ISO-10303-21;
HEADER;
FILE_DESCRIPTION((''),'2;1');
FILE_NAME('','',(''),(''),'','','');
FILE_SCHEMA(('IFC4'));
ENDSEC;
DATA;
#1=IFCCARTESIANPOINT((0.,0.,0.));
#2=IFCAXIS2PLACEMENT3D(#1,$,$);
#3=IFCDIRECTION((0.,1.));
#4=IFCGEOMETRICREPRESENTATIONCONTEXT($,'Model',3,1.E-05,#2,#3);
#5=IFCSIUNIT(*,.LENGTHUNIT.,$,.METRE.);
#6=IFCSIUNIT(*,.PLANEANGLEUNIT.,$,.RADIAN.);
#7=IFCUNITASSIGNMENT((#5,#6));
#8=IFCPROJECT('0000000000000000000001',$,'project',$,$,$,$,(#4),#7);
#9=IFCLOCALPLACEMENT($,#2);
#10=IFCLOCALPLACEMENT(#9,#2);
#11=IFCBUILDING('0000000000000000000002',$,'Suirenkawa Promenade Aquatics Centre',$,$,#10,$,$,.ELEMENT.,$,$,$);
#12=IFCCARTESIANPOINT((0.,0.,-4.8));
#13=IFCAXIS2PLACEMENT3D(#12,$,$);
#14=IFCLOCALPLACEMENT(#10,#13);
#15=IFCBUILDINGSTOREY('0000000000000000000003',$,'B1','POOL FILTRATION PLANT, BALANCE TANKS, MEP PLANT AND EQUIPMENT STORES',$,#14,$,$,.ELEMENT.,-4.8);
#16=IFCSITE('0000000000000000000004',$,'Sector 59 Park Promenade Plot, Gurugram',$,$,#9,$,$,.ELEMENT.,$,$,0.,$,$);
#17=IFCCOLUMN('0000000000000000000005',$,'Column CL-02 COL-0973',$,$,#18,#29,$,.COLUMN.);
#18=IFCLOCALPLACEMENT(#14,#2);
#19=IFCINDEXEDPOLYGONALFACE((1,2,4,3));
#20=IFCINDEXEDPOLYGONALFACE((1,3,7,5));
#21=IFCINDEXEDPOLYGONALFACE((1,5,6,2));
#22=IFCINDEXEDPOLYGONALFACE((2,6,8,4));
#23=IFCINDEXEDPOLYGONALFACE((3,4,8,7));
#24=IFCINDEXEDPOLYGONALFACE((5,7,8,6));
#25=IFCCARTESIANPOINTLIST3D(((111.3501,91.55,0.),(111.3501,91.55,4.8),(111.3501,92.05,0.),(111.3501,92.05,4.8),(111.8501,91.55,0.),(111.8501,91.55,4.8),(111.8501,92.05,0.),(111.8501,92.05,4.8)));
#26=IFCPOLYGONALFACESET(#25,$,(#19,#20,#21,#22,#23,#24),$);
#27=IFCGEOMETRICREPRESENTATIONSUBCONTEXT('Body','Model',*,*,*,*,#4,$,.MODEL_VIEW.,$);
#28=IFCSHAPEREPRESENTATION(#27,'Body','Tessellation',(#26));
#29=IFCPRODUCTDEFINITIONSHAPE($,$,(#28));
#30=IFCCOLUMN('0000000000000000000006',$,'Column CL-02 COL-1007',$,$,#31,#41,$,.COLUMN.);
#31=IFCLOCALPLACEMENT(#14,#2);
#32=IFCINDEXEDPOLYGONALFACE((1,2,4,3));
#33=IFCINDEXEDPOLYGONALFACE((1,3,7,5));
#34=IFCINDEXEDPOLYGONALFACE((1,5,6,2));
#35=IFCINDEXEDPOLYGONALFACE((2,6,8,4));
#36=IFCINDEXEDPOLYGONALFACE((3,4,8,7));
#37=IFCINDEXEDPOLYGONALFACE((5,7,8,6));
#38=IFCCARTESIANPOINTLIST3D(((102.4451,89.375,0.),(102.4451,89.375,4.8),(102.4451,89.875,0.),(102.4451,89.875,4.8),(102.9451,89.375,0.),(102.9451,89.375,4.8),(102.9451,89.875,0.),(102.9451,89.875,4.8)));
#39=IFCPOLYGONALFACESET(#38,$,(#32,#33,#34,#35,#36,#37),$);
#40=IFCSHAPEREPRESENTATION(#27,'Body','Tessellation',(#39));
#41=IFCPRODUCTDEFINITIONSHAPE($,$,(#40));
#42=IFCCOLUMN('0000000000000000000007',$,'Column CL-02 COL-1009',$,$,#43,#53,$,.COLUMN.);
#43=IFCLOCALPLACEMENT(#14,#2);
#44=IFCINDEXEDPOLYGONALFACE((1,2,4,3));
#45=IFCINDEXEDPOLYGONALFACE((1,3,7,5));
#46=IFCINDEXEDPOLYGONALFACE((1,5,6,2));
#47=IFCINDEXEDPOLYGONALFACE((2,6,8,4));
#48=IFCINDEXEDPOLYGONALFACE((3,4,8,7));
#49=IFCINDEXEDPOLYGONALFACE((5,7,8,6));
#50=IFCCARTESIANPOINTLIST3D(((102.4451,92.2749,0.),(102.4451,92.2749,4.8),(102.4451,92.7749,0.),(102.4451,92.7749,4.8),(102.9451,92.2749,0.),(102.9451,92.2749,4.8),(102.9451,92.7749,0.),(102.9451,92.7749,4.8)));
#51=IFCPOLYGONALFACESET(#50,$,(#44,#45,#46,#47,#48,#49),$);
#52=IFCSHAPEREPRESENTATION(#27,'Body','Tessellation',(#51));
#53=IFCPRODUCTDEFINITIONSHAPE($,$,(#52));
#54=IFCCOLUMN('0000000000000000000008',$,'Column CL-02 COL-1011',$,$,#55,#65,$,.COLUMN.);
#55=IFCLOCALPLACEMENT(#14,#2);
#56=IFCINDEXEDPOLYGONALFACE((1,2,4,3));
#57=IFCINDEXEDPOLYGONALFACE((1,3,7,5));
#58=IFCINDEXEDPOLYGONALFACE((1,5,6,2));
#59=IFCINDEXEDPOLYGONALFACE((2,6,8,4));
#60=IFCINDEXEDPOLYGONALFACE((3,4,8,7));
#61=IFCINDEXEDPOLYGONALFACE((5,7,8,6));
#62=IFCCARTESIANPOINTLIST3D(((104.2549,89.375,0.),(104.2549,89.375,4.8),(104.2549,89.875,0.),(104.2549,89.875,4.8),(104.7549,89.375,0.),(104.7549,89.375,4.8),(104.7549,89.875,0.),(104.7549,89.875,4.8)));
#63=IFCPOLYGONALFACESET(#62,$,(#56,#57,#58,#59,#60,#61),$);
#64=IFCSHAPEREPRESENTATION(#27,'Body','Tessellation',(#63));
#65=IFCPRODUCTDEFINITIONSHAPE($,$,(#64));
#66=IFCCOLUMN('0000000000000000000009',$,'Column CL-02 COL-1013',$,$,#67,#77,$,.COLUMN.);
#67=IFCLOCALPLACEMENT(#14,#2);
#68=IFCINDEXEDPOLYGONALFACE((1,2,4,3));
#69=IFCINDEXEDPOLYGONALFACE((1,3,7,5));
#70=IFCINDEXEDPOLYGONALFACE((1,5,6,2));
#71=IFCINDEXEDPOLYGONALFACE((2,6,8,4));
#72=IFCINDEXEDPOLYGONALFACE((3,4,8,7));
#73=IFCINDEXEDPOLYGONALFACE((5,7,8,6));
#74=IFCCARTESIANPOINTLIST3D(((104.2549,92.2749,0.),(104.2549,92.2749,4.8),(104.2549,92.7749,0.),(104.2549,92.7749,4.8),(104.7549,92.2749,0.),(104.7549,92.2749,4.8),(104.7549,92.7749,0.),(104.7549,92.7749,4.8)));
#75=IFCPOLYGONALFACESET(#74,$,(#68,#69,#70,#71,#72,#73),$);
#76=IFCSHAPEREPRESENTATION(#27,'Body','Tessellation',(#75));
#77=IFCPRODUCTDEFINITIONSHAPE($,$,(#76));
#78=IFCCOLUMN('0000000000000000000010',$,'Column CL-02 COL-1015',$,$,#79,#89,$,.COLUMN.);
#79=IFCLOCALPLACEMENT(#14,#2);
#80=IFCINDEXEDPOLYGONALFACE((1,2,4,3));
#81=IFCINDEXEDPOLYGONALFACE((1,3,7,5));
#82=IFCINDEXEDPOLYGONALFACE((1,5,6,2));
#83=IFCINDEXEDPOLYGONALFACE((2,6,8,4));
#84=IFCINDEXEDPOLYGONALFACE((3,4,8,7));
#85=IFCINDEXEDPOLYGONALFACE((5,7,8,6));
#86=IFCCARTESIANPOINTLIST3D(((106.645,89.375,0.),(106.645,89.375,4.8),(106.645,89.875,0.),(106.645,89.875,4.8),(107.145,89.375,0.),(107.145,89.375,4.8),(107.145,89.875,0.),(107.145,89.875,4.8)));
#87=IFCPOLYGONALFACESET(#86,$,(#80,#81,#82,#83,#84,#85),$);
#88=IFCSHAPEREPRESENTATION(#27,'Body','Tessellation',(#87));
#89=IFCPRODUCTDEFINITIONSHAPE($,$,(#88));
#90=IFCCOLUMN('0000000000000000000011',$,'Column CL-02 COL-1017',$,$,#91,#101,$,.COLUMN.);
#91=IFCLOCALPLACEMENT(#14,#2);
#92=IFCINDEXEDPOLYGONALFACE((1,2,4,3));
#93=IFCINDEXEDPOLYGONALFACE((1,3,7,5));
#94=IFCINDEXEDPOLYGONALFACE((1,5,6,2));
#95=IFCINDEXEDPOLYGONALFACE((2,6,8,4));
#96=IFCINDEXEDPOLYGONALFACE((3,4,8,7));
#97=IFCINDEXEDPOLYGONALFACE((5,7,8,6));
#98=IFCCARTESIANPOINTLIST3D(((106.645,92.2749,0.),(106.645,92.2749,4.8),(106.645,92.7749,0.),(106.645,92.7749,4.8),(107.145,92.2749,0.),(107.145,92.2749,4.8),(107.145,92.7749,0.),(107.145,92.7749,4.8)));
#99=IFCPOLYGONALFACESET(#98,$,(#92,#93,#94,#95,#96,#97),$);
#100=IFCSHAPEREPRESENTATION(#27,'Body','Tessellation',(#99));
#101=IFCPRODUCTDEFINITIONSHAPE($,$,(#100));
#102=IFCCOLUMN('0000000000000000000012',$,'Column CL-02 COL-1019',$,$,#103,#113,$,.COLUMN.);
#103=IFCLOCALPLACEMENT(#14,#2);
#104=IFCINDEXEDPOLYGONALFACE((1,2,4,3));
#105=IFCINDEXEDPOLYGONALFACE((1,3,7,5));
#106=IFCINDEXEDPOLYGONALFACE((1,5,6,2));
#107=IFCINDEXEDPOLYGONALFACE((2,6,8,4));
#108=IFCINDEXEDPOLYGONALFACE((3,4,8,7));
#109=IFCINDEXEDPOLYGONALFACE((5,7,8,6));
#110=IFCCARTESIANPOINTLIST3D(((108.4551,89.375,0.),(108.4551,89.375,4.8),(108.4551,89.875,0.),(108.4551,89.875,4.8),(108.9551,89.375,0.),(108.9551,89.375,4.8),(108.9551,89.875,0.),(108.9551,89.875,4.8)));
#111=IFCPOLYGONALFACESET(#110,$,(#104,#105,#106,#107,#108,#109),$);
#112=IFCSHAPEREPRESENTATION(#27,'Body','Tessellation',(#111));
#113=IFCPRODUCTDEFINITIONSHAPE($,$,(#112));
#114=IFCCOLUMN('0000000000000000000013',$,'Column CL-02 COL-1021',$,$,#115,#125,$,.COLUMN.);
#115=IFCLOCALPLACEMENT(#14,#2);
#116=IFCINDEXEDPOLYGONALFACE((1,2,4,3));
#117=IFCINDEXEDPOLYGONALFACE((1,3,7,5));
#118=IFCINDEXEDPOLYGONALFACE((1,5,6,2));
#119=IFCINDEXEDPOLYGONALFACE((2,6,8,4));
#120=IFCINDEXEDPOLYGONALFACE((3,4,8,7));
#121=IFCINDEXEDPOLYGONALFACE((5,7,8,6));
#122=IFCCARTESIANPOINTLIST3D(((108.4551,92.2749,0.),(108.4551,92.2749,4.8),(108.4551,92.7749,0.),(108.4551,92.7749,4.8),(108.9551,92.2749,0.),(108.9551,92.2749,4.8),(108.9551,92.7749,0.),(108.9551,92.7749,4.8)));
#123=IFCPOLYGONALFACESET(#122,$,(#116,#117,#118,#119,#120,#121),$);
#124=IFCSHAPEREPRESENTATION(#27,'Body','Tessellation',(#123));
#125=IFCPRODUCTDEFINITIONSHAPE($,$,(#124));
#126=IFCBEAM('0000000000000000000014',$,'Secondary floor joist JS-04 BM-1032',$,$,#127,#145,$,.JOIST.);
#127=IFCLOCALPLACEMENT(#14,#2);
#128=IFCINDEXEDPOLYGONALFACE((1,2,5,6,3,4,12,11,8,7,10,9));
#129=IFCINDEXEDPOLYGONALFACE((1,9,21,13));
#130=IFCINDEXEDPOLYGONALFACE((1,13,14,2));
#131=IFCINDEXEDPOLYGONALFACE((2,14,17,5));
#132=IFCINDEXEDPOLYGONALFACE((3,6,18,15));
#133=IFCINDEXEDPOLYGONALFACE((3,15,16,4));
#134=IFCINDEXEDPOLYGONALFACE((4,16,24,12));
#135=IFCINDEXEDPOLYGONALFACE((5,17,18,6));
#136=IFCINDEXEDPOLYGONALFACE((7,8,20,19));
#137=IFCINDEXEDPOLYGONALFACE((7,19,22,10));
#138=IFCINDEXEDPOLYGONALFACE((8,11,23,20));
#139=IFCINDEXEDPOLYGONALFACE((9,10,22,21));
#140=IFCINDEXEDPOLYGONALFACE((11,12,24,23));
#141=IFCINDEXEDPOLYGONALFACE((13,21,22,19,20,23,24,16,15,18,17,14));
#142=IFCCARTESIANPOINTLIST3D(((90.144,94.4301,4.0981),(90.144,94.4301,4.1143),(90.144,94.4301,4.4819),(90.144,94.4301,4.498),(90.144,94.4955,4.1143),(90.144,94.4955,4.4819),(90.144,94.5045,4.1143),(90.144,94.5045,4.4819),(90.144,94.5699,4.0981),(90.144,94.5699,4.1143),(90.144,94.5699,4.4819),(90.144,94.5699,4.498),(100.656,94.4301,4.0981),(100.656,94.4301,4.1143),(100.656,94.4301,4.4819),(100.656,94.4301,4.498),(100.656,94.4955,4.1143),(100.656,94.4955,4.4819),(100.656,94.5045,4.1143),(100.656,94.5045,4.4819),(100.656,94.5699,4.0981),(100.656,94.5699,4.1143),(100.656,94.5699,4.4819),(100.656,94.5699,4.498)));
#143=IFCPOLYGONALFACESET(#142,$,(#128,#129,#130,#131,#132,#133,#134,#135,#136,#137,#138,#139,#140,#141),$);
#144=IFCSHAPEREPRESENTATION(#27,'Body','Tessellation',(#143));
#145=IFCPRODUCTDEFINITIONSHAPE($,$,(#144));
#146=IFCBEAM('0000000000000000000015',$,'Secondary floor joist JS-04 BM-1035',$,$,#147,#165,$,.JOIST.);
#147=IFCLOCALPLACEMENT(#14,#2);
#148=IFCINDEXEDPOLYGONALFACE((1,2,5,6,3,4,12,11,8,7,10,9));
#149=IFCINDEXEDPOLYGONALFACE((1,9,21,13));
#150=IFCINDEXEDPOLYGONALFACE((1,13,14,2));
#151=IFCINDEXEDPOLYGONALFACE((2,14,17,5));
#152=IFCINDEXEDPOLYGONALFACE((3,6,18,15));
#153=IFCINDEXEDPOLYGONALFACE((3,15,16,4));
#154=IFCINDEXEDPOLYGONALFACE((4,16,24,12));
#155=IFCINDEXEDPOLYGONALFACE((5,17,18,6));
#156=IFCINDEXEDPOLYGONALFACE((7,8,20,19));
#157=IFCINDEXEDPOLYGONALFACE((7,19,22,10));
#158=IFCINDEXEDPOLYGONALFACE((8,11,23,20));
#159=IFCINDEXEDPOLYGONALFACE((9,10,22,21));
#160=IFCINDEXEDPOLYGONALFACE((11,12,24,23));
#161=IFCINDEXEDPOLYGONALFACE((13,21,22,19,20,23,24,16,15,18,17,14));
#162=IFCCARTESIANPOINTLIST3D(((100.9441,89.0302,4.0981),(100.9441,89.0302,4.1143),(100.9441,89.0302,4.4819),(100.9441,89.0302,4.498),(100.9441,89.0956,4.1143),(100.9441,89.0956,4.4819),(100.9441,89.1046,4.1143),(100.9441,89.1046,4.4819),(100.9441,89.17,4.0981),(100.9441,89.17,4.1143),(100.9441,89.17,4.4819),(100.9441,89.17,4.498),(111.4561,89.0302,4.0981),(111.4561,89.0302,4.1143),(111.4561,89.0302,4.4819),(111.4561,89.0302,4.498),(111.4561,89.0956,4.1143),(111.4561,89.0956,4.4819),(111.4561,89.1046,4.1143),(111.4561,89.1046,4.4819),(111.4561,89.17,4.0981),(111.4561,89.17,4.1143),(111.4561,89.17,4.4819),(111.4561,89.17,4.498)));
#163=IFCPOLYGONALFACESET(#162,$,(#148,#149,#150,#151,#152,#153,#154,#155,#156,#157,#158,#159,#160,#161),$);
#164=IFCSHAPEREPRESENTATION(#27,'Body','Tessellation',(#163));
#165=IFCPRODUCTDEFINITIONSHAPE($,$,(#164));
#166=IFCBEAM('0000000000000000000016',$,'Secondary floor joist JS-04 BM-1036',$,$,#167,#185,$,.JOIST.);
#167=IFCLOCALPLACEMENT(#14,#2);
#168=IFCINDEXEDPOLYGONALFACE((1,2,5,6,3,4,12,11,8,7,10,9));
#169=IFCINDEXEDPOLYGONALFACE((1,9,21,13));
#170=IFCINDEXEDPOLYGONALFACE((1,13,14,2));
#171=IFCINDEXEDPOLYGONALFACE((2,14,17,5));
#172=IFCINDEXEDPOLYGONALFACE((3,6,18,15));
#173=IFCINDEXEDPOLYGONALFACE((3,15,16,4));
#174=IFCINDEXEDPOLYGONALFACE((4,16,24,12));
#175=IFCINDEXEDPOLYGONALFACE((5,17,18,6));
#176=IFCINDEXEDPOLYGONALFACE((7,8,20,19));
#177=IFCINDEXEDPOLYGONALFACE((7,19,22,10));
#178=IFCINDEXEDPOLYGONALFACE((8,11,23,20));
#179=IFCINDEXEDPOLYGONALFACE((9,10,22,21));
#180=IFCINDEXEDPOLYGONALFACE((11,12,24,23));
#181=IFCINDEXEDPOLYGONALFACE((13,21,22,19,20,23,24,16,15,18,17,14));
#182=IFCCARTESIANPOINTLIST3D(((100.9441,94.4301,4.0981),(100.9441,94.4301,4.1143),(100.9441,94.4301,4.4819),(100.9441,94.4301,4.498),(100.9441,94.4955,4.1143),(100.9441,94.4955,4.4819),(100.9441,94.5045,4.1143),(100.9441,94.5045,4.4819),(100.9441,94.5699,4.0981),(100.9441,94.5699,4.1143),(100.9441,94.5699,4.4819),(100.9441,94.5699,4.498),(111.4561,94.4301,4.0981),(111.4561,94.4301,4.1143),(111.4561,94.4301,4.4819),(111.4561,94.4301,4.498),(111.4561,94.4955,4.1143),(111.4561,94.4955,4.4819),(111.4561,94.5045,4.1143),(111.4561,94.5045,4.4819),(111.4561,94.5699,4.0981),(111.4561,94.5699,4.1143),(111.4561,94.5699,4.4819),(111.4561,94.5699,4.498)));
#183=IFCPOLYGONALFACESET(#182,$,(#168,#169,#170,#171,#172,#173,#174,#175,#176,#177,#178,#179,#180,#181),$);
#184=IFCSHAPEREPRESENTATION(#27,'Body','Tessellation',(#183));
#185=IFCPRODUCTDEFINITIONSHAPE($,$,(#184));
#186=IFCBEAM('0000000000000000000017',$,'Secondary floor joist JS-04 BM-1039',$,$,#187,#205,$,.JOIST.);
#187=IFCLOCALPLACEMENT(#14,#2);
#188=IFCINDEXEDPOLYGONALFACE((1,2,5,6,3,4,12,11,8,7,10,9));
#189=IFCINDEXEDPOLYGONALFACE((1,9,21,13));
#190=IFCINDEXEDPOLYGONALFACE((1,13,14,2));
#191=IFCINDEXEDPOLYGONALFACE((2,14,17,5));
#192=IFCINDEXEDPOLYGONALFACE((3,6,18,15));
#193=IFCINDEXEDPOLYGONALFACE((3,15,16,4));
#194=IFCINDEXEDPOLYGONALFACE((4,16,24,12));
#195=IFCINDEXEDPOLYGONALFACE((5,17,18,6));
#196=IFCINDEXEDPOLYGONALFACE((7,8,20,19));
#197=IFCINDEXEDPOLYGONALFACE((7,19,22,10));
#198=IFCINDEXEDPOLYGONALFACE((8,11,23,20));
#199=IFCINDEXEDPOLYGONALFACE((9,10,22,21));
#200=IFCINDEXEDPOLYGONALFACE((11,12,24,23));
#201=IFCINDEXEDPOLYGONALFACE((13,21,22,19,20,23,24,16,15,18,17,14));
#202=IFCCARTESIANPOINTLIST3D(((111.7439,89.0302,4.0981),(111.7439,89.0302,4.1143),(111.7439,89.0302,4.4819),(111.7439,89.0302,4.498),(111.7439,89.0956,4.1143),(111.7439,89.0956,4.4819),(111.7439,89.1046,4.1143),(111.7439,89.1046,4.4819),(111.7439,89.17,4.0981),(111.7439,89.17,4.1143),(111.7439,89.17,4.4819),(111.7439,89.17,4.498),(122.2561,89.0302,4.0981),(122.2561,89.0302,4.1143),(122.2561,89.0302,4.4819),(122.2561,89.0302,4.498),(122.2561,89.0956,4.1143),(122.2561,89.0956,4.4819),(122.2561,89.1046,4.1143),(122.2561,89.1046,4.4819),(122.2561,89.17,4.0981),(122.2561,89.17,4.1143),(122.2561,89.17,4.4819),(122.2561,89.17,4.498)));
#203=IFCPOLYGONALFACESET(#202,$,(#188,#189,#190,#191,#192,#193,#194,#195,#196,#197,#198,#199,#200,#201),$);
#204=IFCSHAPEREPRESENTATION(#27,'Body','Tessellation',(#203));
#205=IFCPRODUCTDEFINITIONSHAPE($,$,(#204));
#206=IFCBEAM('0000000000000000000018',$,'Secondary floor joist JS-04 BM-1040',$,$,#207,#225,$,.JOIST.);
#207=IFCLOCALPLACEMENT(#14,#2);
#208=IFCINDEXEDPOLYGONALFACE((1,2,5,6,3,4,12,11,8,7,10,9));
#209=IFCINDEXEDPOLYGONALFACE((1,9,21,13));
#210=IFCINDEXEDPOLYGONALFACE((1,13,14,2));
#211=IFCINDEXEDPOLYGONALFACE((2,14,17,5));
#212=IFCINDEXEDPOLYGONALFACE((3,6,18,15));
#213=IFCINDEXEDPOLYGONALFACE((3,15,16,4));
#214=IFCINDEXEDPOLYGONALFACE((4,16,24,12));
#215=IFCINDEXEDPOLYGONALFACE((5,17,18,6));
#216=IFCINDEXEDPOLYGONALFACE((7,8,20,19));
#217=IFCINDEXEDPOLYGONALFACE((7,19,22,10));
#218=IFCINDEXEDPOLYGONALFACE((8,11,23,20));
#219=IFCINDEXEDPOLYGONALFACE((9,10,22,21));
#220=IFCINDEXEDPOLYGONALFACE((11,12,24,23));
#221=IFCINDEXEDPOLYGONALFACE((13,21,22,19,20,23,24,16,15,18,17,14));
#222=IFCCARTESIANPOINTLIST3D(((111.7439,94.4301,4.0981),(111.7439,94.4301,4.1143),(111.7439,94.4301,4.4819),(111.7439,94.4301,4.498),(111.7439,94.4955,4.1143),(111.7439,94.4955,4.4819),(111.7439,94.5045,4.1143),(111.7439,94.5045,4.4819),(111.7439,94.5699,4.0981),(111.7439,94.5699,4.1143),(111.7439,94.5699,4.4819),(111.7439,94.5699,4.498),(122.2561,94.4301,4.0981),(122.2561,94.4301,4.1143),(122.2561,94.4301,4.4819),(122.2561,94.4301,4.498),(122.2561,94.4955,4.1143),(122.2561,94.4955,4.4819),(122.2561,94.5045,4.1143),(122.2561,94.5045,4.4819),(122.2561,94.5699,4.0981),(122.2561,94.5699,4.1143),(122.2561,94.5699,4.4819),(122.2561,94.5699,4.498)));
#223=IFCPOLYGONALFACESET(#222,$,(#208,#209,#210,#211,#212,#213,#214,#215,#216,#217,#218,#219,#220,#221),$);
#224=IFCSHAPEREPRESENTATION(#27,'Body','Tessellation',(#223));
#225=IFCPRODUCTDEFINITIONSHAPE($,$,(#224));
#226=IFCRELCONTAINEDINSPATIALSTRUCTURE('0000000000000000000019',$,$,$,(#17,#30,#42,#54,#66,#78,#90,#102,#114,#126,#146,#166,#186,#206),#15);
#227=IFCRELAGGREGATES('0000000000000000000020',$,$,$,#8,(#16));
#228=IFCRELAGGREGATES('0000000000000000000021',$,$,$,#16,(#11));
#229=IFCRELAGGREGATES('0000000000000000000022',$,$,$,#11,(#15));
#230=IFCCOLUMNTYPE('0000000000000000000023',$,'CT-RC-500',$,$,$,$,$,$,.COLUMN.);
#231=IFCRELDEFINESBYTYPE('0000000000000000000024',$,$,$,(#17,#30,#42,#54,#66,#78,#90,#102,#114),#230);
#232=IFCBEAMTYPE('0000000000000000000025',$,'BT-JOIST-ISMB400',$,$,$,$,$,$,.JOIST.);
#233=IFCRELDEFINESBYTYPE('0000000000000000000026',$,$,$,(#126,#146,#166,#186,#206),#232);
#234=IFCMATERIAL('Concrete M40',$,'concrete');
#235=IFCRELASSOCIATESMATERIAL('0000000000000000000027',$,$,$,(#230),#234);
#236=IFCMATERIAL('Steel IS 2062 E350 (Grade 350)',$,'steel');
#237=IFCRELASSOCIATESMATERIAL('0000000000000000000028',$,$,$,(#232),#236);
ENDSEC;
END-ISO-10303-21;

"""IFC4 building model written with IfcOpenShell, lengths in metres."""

from ifc_helpers import new_model, si_unit, direction, frame, origin, origin_2d, place, context, subcontext, project, spatial, rectangle, i_section, extrude, material, material_profile, profile_set, type_object, element, save


model = new_model("IFC4")

# Units and contexts
model_context = context("Model", 3, precision=1e-05, world=origin(), true_north=direction((0.0, 1.0)))
body_context = subcontext(model_context, "Body", "Model", "MODEL_VIEW")
ifc_project = project(units=[si_unit("LENGTHUNIT", "METRE"), si_unit("PLANEANGLEUNIT", "RADIAN")], contexts=[model_context])

# Site, building, storey
site_placement = place(None, origin())
site = spatial("IfcSite", under=ifc_project, at=site_placement, Name="Sector 59 Park Promenade Plot, Gurugram", CompositionType="ELEMENT", RefElevation=0.0)
building_placement = place(site_placement, origin())
building = spatial("IfcBuilding", under=site, at=building_placement, Name="Suirenkawa Promenade Aquatics Centre", CompositionType="ELEMENT")
storey_placement = place(building_placement, frame((0.0, 0.0, -4.8)))
storey = spatial("IfcBuildingStorey", under=building, at=storey_placement, Name="B1", Description="POOL FILTRATION PLANT, BALANCE TANKS, MEP PLANT AND EQUIPMENT STORES", CompositionType="ELEMENT", Elevation=-4.8)

# Columns
ifc_material_1 = material(Name="Concrete M40", Category="concrete")
ifc_material_profile_1 = material_profile(ifc_material_1, rectangle(XDim=0.5, YDim=0.5, at=origin_2d()), Name="RC COL 500x500", Category="concrete")
ifc_profile_set_1 = profile_set([ifc_material_profile_1], Name="Concrete M40")
column_type = type_object("IfcColumnType", Name="CT-RC-500", PredefinedType="COLUMN", material=ifc_profile_set_1)
for number, where, z_axis, x_axis, name in (
    (1, (111.6001, 91.8, 0.0), (0.0, 0.0, 1.0), (1.0, 0.0, 0.0), "Column CL-02 COL-0973"),
    (2, (102.6951, 89.625, 0.0), (0.0, 0.0, 1.0), (1.0, 0.0, 0.0), "Column CL-02 COL-1007"),
    (3, (102.6951, 92.5249, 0.0), (0.0, 0.0, 1.0), (1.0, 0.0, 0.0), "Column CL-02 COL-1009"),
    (4, (104.5049, 89.625, 0.0), (0.0, 0.0, 1.0), (1.0, 0.0, 0.0), "Column CL-02 COL-1011"),
    (5, (104.5049, 92.5249, 0.0), (0.0, 0.0, 1.0), (1.0, 0.0, 0.0), "Column CL-02 COL-1013"),
    (6, (106.895, 89.625, 0.0), (0.0, 0.0, 1.0), (1.0, 0.0, 0.0), "Column CL-02 COL-1015"),
    (7, (106.895, 92.5249, 0.0), (0.0, 0.0, 1.0), (1.0, 0.0, 0.0), "Column CL-02 COL-1017"),
    (8, (108.7051, 89.625, 0.0), (0.0, 0.0, 1.0), (1.0, 0.0, 0.0), "Column CL-02 COL-1019"),
    (9, (108.7051, 92.5249, 0.0), (0.0, 0.0, 1.0), (1.0, 0.0, 0.0), "Column CL-02 COL-1021"),
):
    element("IfcColumn", number, at=place(storey_placement, frame(where, z_axis=z_axis, x_axis=x_axis)), inside=storey, type_object=column_type, Name=name, PredefinedType="COLUMN", context=body_context, shape_type="SweptSolid", body=[
        extrude(rectangle(XDim=0.5, YDim=0.5, at=origin_2d()), origin(), (0.0, 0.0, 1.0), 4.8),
    ])

# Beams
ifc_material_2 = material(Name="Steel IS 2062 E350 (Grade 350)", Category="steel")
ifc_material_profile_2 = material_profile(ifc_material_2, i_section(OverallWidth=0.1399, OverallDepth=0.3999, WebThickness=0.009, FlangeThickness=0.0161, at=origin_2d()), Name="ISMB 400", Category="steel")
ifc_profile_set_2 = profile_set([ifc_material_profile_2], Name="Steel IS 2062 E350 (Grade 350)")
beam_type_1 = type_object("IfcBeamType", Name="BT-JOIST-ISMB400", PredefinedType="JOIST", material=ifc_profile_set_2)
for number, where, z_axis, x_axis, name in (
    (10, (90.144, 94.5, 4.2981), (1.0, 0.0, 0.0), (0.0, 1.0, 0.0), "Secondary floor joist JS-04 BM-1032"),
    (11, (100.9441, 89.1001, 4.2981), (1.0, 0.0, 0.0), (0.0, 1.0, 0.0), "Secondary floor joist JS-04 BM-1035"),
    (12, (100.9441, 94.5, 4.2981), (1.0, 0.0, 0.0), (0.0, 1.0, 0.0), "Secondary floor joist JS-04 BM-1036"),
):
    element("IfcBeam", number, at=place(storey_placement, frame(where, z_axis=z_axis, x_axis=x_axis)), inside=storey, type_object=beam_type_1, Name=name, PredefinedType="JOIST", context=body_context, shape_type="SweptSolid", body=[
        extrude(i_section(OverallWidth=0.1399, OverallDepth=0.3999, WebThickness=0.009, FlangeThickness=0.0161, at=origin_2d()), origin(), (0.0, 0.0, 1.0), 10.512),
    ])
for number, where, z_axis, x_axis, name in (
    (13, (111.7439, 89.1001, 4.2981), (1.0, 0.0, 0.0), (0.0, 1.0, 0.0), "Secondary floor joist JS-04 BM-1039"),
    (14, (111.7439, 94.5, 4.2981), (1.0, 0.0, 0.0), (0.0, 1.0, 0.0), "Secondary floor joist JS-04 BM-1040"),
):
    element("IfcBeam", number, at=place(storey_placement, frame(where, z_axis=z_axis, x_axis=x_axis)), inside=storey, type_object=beam_type_1, Name=name, PredefinedType="JOIST", context=body_context, shape_type="SweptSolid", body=[
        extrude(i_section(OverallWidth=0.1399, OverallDepth=0.3999, WebThickness=0.009, FlangeThickness=0.0161, at=origin_2d()), origin(), (0.0, 0.0, 1.0), 10.5122),
    ])

save(model, "model.ifc")
